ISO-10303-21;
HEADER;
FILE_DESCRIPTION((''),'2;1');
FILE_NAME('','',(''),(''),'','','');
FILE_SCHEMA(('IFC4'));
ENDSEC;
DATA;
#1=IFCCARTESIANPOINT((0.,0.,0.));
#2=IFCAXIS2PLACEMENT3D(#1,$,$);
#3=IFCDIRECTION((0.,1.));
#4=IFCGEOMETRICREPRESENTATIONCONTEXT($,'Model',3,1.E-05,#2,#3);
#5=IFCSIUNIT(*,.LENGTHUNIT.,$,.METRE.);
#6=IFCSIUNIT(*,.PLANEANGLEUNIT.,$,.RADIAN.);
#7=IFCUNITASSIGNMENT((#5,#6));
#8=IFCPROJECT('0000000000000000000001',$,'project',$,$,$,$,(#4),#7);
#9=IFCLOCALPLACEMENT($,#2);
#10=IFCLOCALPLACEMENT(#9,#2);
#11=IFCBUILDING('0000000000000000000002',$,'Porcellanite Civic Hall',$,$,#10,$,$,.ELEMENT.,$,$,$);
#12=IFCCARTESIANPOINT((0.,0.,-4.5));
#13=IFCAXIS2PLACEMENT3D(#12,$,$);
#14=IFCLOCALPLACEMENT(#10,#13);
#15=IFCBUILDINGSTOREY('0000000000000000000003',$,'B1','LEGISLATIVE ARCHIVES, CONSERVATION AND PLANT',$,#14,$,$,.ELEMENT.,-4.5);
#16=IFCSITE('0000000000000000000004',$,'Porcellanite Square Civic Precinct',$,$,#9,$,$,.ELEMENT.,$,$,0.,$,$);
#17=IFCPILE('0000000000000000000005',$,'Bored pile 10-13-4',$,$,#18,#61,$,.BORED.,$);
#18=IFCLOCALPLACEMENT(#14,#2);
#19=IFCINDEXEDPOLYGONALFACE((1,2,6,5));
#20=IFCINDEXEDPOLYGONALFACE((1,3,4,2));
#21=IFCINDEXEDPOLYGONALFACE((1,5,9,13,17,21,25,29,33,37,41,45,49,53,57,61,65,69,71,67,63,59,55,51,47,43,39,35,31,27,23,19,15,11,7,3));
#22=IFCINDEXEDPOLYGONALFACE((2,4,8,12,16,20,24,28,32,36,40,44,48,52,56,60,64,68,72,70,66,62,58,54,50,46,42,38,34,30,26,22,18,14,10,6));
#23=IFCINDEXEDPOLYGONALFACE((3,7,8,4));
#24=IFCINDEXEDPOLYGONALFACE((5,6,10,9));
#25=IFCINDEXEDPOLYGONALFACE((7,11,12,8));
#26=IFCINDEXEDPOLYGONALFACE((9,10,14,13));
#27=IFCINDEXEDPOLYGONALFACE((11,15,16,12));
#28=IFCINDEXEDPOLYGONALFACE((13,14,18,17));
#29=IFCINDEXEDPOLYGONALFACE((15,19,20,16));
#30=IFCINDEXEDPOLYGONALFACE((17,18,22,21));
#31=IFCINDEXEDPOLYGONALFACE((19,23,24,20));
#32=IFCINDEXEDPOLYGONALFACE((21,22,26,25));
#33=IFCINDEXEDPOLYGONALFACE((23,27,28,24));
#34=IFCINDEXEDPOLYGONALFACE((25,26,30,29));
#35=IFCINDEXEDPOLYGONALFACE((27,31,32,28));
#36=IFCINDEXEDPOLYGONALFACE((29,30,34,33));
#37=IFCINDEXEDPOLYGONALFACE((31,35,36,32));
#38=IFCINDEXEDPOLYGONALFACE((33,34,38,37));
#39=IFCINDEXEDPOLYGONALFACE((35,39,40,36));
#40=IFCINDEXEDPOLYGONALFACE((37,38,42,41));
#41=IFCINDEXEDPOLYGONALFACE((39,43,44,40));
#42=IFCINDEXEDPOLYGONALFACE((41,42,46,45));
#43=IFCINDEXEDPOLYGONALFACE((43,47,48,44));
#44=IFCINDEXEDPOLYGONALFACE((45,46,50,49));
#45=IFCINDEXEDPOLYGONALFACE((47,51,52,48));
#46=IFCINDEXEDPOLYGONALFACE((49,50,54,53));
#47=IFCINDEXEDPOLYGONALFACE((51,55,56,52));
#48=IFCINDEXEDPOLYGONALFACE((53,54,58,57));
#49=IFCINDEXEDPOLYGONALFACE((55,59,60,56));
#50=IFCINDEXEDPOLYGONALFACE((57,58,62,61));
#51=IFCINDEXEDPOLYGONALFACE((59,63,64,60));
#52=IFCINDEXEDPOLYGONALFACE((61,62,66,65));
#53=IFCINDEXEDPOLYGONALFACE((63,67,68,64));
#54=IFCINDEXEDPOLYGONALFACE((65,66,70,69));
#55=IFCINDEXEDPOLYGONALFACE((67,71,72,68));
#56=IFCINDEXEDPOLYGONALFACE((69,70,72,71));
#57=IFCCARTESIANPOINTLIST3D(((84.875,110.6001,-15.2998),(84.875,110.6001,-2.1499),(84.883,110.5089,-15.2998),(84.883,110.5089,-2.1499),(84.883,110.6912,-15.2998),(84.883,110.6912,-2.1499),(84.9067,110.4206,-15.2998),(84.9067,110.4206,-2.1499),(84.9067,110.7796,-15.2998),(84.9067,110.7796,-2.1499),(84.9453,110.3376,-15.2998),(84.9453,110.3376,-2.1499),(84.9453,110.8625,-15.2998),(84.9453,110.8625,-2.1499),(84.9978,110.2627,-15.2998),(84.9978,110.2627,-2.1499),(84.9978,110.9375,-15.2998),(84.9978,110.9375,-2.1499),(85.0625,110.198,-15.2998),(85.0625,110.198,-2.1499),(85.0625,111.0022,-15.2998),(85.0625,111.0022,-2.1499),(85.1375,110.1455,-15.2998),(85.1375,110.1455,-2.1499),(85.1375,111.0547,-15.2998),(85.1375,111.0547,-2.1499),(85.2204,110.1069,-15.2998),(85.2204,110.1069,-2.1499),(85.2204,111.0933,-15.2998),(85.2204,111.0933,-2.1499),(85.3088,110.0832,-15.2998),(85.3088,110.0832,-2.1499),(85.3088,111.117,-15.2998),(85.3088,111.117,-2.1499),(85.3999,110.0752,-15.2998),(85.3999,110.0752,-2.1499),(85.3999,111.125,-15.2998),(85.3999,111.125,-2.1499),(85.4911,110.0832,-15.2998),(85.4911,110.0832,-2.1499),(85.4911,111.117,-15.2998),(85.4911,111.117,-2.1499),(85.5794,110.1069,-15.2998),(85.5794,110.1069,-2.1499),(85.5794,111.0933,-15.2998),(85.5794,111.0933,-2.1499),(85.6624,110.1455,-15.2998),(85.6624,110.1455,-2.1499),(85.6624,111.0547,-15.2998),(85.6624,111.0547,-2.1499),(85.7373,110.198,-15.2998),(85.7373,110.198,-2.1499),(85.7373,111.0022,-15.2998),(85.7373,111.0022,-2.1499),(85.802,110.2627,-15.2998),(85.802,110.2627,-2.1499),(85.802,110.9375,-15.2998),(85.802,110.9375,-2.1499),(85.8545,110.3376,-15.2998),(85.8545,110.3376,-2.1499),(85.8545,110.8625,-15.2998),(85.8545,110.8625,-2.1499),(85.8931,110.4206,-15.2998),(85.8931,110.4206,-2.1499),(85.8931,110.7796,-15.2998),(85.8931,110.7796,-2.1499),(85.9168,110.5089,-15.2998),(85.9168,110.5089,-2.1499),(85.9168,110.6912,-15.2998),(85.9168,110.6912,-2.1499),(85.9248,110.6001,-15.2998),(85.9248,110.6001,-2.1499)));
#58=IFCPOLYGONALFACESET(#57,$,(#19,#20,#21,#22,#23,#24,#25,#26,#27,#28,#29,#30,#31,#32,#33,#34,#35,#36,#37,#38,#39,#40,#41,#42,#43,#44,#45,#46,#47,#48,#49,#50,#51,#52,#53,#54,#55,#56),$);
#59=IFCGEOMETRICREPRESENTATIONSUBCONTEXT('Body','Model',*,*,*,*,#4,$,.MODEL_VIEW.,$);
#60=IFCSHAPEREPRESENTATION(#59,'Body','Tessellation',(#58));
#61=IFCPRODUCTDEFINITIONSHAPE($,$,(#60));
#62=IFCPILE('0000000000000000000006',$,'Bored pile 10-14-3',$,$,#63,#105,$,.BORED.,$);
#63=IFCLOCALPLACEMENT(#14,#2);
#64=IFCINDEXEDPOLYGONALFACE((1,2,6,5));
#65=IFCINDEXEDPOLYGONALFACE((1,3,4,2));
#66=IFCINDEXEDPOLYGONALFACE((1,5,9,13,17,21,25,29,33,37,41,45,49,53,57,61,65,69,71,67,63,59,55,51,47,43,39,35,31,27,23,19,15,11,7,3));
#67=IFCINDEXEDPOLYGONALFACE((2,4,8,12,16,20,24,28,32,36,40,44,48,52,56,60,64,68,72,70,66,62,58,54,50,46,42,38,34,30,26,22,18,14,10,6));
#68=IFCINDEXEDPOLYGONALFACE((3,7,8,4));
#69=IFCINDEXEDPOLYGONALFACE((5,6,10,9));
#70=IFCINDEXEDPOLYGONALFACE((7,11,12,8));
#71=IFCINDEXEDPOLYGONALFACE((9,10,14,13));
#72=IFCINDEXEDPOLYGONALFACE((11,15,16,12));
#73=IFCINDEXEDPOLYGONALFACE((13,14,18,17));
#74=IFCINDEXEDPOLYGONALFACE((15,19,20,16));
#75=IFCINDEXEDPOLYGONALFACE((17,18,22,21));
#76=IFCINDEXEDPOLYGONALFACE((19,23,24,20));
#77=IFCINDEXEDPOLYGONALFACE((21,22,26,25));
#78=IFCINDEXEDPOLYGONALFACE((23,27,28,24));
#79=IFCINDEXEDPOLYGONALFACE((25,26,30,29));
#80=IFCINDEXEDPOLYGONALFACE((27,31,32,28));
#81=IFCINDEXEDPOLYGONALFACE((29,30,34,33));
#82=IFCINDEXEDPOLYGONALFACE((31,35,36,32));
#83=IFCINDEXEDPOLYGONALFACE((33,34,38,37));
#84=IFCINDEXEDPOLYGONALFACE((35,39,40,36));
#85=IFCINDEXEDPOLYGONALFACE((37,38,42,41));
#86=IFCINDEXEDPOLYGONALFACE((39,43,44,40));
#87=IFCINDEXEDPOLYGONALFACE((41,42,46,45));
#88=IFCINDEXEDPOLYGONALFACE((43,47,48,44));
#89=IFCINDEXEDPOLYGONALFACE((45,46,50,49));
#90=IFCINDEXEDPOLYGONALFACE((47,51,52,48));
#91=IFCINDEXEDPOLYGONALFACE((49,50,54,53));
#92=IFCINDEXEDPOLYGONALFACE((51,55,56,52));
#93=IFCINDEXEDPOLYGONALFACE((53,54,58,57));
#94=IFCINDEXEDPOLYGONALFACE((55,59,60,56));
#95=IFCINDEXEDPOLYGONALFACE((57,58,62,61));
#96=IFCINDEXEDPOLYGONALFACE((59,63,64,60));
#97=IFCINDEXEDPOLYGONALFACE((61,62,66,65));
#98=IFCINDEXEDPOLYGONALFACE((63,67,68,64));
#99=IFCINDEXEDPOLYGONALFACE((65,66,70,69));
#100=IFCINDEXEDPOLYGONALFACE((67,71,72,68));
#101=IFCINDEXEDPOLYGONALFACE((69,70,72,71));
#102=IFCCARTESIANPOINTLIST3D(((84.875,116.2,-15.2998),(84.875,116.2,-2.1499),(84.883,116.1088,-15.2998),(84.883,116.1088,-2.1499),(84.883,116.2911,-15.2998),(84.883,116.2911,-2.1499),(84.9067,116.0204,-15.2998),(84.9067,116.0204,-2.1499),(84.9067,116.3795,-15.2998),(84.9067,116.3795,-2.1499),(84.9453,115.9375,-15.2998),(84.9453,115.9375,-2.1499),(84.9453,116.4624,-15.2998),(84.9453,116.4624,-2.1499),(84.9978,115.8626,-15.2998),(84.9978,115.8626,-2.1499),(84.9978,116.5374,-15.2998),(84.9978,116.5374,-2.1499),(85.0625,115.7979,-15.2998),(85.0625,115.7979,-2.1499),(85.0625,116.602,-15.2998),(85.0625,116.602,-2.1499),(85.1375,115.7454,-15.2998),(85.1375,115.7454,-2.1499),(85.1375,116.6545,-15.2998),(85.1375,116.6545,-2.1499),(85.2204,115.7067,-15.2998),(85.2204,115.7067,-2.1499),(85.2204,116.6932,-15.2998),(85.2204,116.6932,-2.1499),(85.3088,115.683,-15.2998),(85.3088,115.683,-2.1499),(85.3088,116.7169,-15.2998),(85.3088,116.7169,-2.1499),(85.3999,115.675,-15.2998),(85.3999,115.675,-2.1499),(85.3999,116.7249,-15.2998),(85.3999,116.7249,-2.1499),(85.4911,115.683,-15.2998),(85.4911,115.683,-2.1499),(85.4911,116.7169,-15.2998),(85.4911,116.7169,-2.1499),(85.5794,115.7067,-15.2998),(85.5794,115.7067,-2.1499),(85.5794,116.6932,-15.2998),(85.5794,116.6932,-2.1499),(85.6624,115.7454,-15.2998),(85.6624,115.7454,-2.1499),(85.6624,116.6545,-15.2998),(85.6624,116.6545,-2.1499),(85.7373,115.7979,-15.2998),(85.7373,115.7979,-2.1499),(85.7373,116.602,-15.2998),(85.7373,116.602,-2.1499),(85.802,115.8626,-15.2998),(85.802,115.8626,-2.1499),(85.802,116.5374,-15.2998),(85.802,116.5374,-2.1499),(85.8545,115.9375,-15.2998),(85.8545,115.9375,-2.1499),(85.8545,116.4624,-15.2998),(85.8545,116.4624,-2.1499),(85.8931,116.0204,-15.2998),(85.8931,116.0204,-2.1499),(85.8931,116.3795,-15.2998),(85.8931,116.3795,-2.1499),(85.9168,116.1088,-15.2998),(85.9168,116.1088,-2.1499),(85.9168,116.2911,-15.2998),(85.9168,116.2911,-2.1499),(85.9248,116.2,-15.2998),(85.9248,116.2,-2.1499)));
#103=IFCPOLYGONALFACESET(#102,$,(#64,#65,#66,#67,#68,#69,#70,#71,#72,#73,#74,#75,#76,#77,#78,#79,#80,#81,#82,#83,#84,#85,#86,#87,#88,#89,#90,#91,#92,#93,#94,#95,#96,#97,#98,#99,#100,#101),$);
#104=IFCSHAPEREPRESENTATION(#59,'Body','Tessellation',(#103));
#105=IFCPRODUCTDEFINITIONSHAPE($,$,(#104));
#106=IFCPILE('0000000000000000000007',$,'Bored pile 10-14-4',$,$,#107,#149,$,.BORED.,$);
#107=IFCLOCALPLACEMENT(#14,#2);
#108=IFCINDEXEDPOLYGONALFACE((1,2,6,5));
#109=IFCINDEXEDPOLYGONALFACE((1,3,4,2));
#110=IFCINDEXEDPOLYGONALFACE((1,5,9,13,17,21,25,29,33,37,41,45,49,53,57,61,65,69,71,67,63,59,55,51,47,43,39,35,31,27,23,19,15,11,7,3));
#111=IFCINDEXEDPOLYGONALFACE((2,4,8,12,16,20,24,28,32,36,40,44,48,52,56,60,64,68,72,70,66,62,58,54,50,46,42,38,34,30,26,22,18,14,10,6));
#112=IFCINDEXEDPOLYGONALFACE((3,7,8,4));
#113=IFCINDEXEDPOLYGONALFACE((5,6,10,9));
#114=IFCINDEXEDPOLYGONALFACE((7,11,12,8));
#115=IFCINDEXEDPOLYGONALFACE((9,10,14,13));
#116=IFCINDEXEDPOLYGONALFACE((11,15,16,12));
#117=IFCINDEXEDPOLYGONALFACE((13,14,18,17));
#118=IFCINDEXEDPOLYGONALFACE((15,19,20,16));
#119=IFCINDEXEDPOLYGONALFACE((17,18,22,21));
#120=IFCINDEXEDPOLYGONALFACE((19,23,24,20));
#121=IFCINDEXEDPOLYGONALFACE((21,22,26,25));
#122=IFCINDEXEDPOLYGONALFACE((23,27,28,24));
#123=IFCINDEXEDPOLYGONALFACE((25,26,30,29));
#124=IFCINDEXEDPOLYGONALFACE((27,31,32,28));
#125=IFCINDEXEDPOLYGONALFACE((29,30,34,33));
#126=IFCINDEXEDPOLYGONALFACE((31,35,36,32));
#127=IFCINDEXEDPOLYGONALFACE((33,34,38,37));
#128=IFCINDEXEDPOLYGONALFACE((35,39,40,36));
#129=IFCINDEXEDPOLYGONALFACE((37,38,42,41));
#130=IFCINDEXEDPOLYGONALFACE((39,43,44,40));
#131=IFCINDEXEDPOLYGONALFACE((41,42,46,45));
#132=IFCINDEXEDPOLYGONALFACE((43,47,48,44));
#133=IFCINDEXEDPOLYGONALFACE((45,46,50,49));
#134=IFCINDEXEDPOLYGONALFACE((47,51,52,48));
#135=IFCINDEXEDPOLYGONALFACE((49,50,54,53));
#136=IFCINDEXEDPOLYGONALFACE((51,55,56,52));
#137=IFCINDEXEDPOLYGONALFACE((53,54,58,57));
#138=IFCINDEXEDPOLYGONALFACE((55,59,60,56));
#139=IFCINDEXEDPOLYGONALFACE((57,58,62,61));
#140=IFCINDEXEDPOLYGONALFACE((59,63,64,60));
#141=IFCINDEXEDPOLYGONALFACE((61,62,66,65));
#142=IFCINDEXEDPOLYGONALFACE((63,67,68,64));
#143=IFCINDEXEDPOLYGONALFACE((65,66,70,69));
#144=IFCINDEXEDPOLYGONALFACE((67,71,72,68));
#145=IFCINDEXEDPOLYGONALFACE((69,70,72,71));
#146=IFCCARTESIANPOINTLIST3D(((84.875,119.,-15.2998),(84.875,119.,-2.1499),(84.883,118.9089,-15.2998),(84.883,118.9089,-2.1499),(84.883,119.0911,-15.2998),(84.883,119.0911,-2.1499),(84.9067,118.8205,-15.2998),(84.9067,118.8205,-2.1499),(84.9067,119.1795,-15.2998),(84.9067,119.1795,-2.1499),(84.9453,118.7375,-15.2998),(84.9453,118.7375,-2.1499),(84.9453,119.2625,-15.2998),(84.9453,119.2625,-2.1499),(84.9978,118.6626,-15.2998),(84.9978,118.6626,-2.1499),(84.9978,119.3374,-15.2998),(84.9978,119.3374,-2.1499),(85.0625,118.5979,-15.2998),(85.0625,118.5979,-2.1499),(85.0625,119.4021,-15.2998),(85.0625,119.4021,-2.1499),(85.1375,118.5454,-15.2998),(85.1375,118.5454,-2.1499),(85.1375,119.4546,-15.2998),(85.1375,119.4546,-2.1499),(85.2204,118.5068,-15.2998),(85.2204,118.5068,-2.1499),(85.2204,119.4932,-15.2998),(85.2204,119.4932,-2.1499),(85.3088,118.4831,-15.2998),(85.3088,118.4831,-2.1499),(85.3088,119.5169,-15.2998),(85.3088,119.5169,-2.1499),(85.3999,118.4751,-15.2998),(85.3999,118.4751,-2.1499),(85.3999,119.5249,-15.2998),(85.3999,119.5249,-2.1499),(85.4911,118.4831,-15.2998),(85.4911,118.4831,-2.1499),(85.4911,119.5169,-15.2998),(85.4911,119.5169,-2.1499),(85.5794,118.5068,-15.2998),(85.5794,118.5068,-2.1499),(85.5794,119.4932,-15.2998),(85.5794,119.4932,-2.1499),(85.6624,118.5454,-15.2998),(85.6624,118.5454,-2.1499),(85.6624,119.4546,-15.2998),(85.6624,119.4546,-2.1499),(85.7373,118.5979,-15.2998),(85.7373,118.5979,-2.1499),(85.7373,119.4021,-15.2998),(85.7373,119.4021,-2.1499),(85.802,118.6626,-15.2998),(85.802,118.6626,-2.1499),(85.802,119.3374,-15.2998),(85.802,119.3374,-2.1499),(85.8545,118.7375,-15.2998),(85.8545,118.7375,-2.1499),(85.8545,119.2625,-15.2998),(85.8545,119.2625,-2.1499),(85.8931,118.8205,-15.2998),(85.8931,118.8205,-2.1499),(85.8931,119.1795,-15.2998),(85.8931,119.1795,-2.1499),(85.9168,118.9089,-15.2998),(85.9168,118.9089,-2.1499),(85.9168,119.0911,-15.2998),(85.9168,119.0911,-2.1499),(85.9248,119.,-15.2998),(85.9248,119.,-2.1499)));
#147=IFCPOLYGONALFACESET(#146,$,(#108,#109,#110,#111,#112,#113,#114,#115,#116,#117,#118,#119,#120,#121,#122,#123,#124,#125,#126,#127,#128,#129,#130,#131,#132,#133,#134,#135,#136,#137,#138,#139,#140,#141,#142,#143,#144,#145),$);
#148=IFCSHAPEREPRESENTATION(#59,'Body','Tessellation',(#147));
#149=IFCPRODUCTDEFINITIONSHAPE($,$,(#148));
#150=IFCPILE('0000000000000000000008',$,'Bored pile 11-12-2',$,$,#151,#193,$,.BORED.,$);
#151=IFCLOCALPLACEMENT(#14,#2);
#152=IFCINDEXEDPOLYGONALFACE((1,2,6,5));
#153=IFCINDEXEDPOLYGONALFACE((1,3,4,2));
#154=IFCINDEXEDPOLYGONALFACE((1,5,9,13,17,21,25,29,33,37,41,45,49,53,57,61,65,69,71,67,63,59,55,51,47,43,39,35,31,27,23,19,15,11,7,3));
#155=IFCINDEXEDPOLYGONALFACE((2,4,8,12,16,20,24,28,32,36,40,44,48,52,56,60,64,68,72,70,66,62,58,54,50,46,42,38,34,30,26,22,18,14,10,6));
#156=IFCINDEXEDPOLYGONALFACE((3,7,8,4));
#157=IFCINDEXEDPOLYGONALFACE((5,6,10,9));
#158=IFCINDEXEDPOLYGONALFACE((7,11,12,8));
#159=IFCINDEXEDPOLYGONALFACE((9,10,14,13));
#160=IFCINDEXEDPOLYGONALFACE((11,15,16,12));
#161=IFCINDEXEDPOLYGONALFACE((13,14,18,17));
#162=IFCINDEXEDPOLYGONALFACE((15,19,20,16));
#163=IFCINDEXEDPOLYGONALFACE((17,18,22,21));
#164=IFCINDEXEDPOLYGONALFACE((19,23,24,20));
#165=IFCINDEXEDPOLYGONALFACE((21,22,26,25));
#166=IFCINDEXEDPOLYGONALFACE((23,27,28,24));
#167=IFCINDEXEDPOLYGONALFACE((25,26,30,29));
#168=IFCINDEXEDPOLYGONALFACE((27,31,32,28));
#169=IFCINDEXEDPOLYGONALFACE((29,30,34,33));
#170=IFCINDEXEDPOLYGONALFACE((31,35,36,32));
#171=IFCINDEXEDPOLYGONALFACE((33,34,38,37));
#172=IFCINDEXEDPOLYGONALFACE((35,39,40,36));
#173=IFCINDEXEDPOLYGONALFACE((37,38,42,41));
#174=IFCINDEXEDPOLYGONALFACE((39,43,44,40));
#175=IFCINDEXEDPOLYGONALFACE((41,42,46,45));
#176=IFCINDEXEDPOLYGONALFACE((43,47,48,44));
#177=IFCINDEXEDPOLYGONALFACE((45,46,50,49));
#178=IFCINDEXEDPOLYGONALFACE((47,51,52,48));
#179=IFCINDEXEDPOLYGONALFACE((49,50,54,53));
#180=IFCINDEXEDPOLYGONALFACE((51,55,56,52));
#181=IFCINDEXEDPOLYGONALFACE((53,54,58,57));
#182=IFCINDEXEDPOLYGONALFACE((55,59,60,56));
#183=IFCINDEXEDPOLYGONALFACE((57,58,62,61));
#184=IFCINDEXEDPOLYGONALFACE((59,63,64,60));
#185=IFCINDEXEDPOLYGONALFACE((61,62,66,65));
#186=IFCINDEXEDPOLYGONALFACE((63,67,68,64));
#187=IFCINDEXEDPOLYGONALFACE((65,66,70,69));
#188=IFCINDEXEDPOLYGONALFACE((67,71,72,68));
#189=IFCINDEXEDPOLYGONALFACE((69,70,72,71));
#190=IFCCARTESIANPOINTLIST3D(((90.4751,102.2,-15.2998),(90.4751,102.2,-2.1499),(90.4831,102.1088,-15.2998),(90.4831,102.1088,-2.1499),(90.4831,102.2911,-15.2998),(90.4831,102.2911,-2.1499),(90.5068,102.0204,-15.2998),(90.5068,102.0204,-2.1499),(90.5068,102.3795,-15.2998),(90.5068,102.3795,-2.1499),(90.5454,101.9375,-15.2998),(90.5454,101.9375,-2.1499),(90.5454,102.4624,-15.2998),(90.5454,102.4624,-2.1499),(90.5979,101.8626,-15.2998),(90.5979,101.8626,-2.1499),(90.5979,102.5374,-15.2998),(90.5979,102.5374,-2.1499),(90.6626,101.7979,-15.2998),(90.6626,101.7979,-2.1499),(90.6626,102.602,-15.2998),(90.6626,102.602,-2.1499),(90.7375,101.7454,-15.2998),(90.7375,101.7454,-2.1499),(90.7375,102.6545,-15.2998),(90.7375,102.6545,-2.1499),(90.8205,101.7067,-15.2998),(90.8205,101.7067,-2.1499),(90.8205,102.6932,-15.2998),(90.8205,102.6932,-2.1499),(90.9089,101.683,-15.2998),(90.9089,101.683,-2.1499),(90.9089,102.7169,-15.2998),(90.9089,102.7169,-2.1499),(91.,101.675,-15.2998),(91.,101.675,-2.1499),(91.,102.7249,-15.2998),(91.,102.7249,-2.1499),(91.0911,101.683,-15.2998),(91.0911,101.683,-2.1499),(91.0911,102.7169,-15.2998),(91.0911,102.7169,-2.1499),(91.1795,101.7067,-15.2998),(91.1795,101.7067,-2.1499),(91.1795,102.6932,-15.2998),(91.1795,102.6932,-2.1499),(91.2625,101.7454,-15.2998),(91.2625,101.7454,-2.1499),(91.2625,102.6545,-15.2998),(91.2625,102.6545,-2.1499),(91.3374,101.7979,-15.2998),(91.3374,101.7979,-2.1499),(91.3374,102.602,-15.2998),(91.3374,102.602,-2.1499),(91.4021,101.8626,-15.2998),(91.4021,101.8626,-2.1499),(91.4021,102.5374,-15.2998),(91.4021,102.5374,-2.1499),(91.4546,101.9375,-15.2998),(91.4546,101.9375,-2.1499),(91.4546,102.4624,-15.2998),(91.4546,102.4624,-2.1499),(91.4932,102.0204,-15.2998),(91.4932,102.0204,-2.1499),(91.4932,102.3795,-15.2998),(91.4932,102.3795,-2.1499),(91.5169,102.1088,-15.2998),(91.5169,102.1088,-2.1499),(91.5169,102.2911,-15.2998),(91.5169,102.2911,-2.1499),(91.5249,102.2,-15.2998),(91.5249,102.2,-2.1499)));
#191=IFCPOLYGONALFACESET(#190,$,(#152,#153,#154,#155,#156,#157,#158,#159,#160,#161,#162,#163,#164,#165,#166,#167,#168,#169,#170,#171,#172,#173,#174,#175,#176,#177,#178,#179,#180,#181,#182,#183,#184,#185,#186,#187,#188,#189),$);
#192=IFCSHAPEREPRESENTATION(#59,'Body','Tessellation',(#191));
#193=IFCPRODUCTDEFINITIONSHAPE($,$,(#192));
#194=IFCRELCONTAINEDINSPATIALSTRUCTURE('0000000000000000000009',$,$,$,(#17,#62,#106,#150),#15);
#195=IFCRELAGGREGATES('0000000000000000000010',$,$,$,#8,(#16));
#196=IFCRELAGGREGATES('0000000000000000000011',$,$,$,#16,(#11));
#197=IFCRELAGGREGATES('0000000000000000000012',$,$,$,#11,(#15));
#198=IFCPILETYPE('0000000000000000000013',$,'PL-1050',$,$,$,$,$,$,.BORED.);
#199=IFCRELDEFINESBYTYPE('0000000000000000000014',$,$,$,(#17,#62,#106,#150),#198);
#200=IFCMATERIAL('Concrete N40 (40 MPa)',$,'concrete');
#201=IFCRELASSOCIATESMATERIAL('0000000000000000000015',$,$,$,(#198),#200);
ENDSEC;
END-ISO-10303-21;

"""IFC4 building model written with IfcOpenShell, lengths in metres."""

from ifc_helpers import new_model, si_unit, direction, frame, origin, origin_2d, place, context, subcontext, project, spatial, circle, extrude, material, material_profile, profile_set, type_object, element, save


model = new_model("IFC4")

# Units and contexts
model_context = context("Model", 3, precision=1e-05, world=origin(), true_north=direction((0.0, 1.0)))
body_context = subcontext(model_context, "Body", "Model", "MODEL_VIEW")
ifc_project = project(units=[si_unit("LENGTHUNIT", "METRE"), si_unit("PLANEANGLEUNIT", "RADIAN")], contexts=[model_context])

# Site, building, storey
site_placement = place(None, origin())
site = spatial("IfcSite", under=ifc_project, at=site_placement, Name="Porcellanite Square Civic Precinct", CompositionType="ELEMENT", RefElevation=0.0)
building_placement = place(site_placement, origin())
building = spatial("IfcBuilding", under=site, at=building_placement, Name="Porcellanite Civic Hall", CompositionType="ELEMENT")
storey_placement = place(building_placement, frame((0.0, 0.0, -4.5)))
storey = spatial("IfcBuildingStorey", under=building, at=storey_placement, Name="B1", Description="LEGISLATIVE ARCHIVES, CONSERVATION AND PLANT", CompositionType="ELEMENT", Elevation=-4.5)

# Piles
ifc_material_1 = material(Name="Concrete N40 (40 MPa)", Category="concrete")
ifc_material_profile_1 = material_profile(ifc_material_1, circle(Radius=0.5249, at=origin_2d()), Name="PILE-D1050")
ifc_profile_set_1 = profile_set([ifc_material_profile_1], Name="Concrete N40 (40 MPa)")
pile_type = type_object("IfcPileType", Name="PL-1050", PredefinedType="BORED", material=ifc_profile_set_1)
for number, where, z_axis, x_axis, name in (
    (1, (85.3999, 110.6001, -2.1499), (0.0, 0.0, -1.0), (1.0, 0.0, 0.0), "Bored pile 10-13-4"),
    (2, (85.3999, 116.2, -2.1499), (0.0, 0.0, -1.0), (1.0, 0.0, 0.0), "Bored pile 10-14-3"),
    (3, (85.3999, 119.0, -2.1499), (0.0, 0.0, -1.0), (1.0, 0.0, 0.0), "Bored pile 10-14-4"),
    (4, (91.0, 102.2, -2.1499), (0.0, 0.0, -1.0), (1.0, 0.0, 0.0), "Bored pile 11-12-2"),
):
    element("IfcPile", number, at=place(storey_placement, frame(where, z_axis=z_axis, x_axis=x_axis)), inside=storey, type_object=pile_type, Name=name, PredefinedType="BORED", context=body_context, shape_type="SweptSolid", body=[
        extrude(circle(Radius=0.5249, at=origin_2d()), origin(), (0.0, 0.0, 1.0), 13.1499),
    ])

save(model, "model.ifc")
